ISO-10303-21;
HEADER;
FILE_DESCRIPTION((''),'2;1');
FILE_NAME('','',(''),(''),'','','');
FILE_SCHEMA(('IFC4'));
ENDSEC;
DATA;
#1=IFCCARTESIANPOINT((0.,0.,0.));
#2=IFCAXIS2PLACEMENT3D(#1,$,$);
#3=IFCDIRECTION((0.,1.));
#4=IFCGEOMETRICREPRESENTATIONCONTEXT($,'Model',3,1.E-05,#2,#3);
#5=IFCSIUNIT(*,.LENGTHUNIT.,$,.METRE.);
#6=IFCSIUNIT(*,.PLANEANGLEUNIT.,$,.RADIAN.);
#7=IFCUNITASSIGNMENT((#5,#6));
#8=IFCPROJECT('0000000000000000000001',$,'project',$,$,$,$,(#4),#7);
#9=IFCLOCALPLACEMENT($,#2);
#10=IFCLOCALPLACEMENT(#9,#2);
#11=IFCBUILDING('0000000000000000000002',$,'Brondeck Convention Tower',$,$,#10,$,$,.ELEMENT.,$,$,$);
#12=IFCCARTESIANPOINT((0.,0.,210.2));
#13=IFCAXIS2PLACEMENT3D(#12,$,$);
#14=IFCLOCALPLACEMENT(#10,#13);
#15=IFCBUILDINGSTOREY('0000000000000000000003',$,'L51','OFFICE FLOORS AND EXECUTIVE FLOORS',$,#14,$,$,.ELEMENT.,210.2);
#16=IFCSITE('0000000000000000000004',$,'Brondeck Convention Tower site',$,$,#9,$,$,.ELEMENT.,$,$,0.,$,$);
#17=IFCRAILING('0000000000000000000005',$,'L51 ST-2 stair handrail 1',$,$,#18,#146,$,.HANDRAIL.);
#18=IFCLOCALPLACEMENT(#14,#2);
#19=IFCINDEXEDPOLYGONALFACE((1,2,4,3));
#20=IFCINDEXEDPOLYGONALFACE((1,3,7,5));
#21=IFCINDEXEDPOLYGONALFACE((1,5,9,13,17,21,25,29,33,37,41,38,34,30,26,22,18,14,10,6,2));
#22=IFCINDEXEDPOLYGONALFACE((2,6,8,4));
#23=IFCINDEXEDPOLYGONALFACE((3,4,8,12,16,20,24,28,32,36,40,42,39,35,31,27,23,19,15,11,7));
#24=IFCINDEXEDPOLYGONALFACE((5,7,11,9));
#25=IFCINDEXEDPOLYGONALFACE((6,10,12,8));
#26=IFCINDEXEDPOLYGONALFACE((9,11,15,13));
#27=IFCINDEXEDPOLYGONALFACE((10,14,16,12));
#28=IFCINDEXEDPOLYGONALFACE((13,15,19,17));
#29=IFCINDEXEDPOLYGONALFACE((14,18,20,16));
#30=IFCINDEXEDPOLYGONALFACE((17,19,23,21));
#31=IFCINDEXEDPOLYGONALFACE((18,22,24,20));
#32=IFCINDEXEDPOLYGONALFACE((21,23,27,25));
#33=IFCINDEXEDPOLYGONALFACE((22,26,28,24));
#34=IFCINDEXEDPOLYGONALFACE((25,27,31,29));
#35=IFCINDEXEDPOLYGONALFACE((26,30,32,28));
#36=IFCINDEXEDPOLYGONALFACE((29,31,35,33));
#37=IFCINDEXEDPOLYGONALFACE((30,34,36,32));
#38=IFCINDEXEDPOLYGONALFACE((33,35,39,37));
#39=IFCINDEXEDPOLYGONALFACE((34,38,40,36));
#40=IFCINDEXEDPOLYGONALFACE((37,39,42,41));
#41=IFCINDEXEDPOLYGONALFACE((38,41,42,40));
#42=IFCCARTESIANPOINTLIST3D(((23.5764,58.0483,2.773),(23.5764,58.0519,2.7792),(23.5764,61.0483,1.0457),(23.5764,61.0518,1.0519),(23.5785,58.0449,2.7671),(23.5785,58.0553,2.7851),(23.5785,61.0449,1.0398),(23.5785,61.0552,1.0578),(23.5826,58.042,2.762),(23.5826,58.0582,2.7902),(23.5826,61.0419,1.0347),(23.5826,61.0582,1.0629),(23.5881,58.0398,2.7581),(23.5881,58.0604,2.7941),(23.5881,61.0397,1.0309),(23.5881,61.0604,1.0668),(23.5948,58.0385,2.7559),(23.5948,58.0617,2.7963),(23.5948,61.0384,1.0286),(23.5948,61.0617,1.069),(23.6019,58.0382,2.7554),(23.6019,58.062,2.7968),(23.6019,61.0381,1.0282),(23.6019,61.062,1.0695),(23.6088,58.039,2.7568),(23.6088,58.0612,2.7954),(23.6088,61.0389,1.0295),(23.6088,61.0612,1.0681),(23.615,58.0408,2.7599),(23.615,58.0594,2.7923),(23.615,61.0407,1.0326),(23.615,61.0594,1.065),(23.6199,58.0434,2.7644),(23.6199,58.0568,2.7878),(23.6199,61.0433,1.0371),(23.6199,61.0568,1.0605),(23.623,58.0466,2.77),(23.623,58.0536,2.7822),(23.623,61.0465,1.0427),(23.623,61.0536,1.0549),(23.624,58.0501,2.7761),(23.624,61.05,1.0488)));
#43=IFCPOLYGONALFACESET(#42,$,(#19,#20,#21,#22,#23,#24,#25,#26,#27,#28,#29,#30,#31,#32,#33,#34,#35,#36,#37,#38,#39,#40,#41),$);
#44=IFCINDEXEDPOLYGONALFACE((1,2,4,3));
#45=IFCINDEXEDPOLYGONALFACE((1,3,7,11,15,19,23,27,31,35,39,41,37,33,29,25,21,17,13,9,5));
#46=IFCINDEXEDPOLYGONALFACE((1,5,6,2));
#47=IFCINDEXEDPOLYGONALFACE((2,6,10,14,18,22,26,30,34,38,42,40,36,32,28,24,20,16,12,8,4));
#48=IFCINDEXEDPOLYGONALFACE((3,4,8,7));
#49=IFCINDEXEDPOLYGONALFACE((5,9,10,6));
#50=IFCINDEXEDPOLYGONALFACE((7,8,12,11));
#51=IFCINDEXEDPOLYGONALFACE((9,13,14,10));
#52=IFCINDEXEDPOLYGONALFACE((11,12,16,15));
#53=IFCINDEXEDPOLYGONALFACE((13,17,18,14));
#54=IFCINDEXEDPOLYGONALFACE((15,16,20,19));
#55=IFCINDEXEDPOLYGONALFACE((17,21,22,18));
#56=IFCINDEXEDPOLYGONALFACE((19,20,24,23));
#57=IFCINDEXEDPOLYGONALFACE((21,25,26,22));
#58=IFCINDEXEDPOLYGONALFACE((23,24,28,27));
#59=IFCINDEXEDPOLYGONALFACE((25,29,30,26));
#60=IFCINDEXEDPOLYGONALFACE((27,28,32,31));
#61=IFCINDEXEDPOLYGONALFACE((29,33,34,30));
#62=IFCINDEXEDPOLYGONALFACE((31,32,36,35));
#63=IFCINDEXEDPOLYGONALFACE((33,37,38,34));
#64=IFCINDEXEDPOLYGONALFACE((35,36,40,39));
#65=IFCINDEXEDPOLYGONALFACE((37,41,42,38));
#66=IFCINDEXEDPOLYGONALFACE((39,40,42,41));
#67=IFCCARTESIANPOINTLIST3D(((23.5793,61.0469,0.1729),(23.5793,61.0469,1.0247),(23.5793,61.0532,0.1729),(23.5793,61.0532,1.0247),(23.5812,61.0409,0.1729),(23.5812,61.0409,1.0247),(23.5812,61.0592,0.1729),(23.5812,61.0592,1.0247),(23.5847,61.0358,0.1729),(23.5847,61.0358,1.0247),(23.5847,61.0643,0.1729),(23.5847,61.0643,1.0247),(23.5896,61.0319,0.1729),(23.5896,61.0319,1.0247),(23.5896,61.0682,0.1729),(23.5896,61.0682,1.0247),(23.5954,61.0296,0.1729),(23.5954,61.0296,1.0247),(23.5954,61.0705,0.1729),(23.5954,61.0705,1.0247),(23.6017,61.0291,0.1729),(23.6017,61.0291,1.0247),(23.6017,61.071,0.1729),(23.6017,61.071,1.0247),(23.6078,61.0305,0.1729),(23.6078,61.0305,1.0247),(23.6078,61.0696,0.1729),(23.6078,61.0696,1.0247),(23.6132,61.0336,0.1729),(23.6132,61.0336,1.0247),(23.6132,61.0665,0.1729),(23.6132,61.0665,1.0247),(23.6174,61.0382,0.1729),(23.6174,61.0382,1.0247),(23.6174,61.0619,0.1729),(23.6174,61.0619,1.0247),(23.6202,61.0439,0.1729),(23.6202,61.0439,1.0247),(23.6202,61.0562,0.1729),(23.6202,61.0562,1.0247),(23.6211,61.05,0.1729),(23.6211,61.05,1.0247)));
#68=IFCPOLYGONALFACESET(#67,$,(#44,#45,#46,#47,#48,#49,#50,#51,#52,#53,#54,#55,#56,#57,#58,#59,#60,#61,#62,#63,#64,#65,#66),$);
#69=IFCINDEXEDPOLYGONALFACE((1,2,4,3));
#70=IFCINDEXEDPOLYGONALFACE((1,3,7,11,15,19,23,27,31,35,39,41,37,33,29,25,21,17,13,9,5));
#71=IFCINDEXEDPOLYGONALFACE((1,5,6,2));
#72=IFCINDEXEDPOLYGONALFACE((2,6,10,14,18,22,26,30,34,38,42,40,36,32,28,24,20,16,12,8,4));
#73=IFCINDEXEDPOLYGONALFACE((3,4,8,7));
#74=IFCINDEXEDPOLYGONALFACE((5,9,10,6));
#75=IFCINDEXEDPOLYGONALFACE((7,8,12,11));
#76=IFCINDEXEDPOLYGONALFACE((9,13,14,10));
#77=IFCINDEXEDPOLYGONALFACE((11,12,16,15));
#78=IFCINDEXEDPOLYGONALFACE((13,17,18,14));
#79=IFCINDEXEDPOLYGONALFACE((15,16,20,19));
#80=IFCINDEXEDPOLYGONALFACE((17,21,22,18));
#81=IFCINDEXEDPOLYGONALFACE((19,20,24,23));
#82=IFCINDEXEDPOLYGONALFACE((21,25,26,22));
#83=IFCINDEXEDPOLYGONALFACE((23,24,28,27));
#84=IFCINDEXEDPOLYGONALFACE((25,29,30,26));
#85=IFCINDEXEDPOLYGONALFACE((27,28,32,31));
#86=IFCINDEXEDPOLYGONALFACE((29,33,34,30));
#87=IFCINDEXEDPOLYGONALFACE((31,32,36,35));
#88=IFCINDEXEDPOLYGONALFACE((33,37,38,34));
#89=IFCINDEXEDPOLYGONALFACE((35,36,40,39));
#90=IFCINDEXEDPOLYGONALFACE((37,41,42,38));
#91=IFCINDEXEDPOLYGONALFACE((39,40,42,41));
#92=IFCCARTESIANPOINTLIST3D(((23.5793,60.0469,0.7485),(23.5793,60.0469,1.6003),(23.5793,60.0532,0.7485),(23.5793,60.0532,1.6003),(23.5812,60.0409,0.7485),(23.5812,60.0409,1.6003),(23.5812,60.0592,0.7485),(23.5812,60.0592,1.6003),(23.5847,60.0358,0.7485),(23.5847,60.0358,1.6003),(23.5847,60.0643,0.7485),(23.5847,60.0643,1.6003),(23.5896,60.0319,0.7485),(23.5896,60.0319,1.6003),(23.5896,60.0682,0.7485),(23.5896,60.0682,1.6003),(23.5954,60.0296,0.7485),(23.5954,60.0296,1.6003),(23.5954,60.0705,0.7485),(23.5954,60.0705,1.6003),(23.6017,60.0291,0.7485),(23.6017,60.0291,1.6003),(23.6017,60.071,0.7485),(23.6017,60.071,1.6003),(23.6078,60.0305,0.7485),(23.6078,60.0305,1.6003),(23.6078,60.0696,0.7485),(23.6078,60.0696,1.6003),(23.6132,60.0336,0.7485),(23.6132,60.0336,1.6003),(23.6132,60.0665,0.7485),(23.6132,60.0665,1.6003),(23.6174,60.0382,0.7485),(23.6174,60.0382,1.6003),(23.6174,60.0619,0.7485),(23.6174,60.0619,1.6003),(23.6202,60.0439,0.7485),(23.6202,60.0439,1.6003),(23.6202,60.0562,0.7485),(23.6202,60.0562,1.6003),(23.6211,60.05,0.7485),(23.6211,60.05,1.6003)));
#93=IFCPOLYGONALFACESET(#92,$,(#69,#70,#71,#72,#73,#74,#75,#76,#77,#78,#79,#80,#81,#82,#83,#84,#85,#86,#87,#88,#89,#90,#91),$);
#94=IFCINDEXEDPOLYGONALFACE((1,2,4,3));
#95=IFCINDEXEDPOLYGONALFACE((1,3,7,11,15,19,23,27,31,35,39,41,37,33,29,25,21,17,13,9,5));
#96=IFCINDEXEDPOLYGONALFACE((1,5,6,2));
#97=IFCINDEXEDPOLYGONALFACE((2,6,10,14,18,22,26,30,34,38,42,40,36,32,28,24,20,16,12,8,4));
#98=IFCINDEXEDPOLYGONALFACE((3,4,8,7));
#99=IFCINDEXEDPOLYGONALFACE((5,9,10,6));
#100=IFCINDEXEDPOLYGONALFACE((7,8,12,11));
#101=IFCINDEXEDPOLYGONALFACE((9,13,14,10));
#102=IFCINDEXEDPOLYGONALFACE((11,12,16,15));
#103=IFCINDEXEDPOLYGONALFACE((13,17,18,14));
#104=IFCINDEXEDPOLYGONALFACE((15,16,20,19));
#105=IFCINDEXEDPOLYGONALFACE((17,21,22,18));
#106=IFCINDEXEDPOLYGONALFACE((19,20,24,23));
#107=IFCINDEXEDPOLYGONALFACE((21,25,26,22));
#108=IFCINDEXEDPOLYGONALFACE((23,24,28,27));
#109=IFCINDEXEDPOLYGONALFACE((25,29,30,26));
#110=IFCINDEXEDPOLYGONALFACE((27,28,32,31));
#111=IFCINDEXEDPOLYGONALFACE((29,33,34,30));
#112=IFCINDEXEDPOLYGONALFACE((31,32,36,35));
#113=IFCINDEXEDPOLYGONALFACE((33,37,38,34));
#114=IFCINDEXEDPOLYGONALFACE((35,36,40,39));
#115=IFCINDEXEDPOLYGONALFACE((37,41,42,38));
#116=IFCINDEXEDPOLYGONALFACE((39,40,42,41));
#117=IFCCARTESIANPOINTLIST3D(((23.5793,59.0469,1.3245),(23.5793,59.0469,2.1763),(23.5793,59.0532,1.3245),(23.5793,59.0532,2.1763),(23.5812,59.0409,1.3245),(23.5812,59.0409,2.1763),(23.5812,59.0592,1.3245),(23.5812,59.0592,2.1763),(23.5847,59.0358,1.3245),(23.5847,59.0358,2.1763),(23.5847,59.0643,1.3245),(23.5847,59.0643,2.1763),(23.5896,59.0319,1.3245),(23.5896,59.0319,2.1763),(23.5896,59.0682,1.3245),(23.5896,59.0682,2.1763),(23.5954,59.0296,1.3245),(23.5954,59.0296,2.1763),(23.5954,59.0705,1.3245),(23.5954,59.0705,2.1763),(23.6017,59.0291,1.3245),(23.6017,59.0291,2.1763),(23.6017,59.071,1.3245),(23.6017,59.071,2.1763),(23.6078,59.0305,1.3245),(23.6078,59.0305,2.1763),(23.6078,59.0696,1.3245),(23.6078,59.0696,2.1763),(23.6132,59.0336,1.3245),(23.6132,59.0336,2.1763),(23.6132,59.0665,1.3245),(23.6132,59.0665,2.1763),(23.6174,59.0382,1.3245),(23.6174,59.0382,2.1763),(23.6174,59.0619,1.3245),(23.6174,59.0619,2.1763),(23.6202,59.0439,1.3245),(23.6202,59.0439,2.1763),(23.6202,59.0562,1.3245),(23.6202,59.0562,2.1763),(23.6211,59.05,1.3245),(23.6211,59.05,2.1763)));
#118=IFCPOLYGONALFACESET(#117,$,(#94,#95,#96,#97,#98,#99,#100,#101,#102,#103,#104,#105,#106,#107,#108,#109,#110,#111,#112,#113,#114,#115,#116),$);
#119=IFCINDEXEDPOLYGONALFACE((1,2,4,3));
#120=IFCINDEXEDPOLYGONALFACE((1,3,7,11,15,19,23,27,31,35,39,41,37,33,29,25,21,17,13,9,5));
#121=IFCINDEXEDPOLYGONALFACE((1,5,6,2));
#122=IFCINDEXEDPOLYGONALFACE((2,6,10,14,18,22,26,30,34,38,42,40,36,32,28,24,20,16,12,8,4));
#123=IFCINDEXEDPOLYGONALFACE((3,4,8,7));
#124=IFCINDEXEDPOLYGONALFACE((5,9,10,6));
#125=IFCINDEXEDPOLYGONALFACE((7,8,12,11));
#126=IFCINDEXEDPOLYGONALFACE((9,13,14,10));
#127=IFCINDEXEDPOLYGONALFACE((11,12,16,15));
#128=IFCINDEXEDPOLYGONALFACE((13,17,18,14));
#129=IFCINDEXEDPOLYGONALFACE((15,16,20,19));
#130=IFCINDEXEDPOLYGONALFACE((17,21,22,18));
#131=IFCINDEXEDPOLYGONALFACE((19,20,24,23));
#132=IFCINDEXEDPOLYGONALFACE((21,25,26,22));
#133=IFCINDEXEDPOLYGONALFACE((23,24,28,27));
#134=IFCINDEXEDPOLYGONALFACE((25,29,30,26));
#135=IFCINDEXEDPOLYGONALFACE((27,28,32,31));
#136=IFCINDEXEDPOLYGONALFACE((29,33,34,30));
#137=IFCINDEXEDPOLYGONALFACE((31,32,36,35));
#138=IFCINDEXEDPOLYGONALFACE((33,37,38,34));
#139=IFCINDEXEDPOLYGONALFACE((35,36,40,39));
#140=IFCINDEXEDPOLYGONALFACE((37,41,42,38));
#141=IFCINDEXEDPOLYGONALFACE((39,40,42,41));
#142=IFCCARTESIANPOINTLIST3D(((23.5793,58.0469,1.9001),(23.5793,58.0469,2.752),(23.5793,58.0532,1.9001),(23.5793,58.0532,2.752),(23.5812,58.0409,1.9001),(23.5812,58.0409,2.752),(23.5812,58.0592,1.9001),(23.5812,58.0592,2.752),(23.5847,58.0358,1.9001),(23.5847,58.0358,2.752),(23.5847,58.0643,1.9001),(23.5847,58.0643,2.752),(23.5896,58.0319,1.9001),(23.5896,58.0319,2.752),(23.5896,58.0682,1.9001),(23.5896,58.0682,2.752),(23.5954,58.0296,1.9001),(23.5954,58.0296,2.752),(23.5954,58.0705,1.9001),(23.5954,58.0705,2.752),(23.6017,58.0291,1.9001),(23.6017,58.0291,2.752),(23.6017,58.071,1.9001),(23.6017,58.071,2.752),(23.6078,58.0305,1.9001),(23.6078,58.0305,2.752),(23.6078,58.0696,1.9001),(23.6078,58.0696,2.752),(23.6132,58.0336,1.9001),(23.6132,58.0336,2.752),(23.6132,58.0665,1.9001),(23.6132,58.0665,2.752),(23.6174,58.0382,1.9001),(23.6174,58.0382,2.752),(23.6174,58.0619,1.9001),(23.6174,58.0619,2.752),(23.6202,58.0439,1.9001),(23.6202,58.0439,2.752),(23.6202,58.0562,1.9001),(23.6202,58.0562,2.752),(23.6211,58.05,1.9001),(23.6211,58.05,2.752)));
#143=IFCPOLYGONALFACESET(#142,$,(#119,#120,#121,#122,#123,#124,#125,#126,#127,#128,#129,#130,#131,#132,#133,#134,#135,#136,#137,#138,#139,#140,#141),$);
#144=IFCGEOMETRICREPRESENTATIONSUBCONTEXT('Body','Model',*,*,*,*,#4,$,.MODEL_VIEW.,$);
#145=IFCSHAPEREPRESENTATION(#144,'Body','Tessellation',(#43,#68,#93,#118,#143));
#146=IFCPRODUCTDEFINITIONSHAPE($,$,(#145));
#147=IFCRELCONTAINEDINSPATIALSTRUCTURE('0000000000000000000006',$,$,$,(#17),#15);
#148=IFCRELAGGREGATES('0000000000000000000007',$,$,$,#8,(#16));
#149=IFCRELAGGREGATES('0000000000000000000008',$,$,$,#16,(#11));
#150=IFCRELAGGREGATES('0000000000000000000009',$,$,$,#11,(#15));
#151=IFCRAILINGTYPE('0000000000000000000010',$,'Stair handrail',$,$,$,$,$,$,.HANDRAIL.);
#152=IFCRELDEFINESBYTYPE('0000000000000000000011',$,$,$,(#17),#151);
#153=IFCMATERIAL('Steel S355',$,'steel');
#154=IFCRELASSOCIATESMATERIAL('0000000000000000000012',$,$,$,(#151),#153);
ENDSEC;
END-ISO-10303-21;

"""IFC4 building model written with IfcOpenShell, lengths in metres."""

from ifc_helpers import new_model, si_unit, direction, frame, origin, origin_2d, place, context, subcontext, project, spatial, circle, extrude, material, type_object, element, save


model = new_model("IFC4")

# Units and contexts
model_context = context("Model", 3, precision=1e-05, world=origin(), true_north=direction((0.0, 1.0)))
body_context = subcontext(model_context, "Body", "Model", "MODEL_VIEW")
ifc_project = project(units=[si_unit("LENGTHUNIT", "METRE"), si_unit("PLANEANGLEUNIT", "RADIAN")], contexts=[model_context])

# Site, building, storey
site_placement = place(None, origin())
site = spatial("IfcSite", under=ifc_project, at=site_placement, Name="Brondeck Convention Tower site", CompositionType="ELEMENT", RefElevation=0.0)
building_placement = place(site_placement, origin())
building = spatial("IfcBuilding", under=site, at=building_placement, Name="Brondeck Convention Tower", CompositionType="ELEMENT")
storey_placement = place(building_placement, frame((0.0, 0.0, 210.2)))
storey = spatial("IfcBuildingStorey", under=building, at=storey_placement, Name="L51", Description="OFFICE FLOORS AND EXECUTIVE FLOORS", CompositionType="ELEMENT", Elevation=210.2)

# Railing
ifc_material_1 = material(Name="Steel S355", Category="steel")
railing_type_1 = type_object("IfcRailingType", Name="Stair handrail", PredefinedType="HANDRAIL", material=ifc_material_1)
railing_1_placement = place(storey_placement, frame((23.6001, 61.05, 0.1729)))
element("IfcRailing", 1, at=railing_1_placement, inside=storey, type_object=railing_type_1, Name="L51 ST-2 stair handrail 1", PredefinedType="HANDRAIL", context=body_context, shape_type="SweptSolid", body=[
    extrude(circle(Radius=0.0239, at=origin_2d()), frame((0.0, 0.0, 0.876), z_axis=(0.0, -0.86662, 0.498969), x_axis=(1.0, 0.0, 0.0)), (0.0, 0.0, 1.0), 3.4617),
    extrude(circle(Radius=0.021, at=origin_2d()), origin(), (0.0, 0.0, 1.0), 0.8518),
    extrude(circle(Radius=0.021, at=origin_2d()), frame((0.0, -1.0, 0.5757)), (0.0, 0.0, 1.0), 0.8518),
    extrude(circle(Radius=0.021, at=origin_2d()), frame((0.0, -2.0, 1.1516)), (0.0, 0.0, 1.0), 0.8518),
    extrude(circle(Radius=0.021, at=origin_2d()), frame((0.0, -3.0, 1.7273)), (0.0, 0.0, 1.0), 0.8518),
])

save(model, "model.ifc")
